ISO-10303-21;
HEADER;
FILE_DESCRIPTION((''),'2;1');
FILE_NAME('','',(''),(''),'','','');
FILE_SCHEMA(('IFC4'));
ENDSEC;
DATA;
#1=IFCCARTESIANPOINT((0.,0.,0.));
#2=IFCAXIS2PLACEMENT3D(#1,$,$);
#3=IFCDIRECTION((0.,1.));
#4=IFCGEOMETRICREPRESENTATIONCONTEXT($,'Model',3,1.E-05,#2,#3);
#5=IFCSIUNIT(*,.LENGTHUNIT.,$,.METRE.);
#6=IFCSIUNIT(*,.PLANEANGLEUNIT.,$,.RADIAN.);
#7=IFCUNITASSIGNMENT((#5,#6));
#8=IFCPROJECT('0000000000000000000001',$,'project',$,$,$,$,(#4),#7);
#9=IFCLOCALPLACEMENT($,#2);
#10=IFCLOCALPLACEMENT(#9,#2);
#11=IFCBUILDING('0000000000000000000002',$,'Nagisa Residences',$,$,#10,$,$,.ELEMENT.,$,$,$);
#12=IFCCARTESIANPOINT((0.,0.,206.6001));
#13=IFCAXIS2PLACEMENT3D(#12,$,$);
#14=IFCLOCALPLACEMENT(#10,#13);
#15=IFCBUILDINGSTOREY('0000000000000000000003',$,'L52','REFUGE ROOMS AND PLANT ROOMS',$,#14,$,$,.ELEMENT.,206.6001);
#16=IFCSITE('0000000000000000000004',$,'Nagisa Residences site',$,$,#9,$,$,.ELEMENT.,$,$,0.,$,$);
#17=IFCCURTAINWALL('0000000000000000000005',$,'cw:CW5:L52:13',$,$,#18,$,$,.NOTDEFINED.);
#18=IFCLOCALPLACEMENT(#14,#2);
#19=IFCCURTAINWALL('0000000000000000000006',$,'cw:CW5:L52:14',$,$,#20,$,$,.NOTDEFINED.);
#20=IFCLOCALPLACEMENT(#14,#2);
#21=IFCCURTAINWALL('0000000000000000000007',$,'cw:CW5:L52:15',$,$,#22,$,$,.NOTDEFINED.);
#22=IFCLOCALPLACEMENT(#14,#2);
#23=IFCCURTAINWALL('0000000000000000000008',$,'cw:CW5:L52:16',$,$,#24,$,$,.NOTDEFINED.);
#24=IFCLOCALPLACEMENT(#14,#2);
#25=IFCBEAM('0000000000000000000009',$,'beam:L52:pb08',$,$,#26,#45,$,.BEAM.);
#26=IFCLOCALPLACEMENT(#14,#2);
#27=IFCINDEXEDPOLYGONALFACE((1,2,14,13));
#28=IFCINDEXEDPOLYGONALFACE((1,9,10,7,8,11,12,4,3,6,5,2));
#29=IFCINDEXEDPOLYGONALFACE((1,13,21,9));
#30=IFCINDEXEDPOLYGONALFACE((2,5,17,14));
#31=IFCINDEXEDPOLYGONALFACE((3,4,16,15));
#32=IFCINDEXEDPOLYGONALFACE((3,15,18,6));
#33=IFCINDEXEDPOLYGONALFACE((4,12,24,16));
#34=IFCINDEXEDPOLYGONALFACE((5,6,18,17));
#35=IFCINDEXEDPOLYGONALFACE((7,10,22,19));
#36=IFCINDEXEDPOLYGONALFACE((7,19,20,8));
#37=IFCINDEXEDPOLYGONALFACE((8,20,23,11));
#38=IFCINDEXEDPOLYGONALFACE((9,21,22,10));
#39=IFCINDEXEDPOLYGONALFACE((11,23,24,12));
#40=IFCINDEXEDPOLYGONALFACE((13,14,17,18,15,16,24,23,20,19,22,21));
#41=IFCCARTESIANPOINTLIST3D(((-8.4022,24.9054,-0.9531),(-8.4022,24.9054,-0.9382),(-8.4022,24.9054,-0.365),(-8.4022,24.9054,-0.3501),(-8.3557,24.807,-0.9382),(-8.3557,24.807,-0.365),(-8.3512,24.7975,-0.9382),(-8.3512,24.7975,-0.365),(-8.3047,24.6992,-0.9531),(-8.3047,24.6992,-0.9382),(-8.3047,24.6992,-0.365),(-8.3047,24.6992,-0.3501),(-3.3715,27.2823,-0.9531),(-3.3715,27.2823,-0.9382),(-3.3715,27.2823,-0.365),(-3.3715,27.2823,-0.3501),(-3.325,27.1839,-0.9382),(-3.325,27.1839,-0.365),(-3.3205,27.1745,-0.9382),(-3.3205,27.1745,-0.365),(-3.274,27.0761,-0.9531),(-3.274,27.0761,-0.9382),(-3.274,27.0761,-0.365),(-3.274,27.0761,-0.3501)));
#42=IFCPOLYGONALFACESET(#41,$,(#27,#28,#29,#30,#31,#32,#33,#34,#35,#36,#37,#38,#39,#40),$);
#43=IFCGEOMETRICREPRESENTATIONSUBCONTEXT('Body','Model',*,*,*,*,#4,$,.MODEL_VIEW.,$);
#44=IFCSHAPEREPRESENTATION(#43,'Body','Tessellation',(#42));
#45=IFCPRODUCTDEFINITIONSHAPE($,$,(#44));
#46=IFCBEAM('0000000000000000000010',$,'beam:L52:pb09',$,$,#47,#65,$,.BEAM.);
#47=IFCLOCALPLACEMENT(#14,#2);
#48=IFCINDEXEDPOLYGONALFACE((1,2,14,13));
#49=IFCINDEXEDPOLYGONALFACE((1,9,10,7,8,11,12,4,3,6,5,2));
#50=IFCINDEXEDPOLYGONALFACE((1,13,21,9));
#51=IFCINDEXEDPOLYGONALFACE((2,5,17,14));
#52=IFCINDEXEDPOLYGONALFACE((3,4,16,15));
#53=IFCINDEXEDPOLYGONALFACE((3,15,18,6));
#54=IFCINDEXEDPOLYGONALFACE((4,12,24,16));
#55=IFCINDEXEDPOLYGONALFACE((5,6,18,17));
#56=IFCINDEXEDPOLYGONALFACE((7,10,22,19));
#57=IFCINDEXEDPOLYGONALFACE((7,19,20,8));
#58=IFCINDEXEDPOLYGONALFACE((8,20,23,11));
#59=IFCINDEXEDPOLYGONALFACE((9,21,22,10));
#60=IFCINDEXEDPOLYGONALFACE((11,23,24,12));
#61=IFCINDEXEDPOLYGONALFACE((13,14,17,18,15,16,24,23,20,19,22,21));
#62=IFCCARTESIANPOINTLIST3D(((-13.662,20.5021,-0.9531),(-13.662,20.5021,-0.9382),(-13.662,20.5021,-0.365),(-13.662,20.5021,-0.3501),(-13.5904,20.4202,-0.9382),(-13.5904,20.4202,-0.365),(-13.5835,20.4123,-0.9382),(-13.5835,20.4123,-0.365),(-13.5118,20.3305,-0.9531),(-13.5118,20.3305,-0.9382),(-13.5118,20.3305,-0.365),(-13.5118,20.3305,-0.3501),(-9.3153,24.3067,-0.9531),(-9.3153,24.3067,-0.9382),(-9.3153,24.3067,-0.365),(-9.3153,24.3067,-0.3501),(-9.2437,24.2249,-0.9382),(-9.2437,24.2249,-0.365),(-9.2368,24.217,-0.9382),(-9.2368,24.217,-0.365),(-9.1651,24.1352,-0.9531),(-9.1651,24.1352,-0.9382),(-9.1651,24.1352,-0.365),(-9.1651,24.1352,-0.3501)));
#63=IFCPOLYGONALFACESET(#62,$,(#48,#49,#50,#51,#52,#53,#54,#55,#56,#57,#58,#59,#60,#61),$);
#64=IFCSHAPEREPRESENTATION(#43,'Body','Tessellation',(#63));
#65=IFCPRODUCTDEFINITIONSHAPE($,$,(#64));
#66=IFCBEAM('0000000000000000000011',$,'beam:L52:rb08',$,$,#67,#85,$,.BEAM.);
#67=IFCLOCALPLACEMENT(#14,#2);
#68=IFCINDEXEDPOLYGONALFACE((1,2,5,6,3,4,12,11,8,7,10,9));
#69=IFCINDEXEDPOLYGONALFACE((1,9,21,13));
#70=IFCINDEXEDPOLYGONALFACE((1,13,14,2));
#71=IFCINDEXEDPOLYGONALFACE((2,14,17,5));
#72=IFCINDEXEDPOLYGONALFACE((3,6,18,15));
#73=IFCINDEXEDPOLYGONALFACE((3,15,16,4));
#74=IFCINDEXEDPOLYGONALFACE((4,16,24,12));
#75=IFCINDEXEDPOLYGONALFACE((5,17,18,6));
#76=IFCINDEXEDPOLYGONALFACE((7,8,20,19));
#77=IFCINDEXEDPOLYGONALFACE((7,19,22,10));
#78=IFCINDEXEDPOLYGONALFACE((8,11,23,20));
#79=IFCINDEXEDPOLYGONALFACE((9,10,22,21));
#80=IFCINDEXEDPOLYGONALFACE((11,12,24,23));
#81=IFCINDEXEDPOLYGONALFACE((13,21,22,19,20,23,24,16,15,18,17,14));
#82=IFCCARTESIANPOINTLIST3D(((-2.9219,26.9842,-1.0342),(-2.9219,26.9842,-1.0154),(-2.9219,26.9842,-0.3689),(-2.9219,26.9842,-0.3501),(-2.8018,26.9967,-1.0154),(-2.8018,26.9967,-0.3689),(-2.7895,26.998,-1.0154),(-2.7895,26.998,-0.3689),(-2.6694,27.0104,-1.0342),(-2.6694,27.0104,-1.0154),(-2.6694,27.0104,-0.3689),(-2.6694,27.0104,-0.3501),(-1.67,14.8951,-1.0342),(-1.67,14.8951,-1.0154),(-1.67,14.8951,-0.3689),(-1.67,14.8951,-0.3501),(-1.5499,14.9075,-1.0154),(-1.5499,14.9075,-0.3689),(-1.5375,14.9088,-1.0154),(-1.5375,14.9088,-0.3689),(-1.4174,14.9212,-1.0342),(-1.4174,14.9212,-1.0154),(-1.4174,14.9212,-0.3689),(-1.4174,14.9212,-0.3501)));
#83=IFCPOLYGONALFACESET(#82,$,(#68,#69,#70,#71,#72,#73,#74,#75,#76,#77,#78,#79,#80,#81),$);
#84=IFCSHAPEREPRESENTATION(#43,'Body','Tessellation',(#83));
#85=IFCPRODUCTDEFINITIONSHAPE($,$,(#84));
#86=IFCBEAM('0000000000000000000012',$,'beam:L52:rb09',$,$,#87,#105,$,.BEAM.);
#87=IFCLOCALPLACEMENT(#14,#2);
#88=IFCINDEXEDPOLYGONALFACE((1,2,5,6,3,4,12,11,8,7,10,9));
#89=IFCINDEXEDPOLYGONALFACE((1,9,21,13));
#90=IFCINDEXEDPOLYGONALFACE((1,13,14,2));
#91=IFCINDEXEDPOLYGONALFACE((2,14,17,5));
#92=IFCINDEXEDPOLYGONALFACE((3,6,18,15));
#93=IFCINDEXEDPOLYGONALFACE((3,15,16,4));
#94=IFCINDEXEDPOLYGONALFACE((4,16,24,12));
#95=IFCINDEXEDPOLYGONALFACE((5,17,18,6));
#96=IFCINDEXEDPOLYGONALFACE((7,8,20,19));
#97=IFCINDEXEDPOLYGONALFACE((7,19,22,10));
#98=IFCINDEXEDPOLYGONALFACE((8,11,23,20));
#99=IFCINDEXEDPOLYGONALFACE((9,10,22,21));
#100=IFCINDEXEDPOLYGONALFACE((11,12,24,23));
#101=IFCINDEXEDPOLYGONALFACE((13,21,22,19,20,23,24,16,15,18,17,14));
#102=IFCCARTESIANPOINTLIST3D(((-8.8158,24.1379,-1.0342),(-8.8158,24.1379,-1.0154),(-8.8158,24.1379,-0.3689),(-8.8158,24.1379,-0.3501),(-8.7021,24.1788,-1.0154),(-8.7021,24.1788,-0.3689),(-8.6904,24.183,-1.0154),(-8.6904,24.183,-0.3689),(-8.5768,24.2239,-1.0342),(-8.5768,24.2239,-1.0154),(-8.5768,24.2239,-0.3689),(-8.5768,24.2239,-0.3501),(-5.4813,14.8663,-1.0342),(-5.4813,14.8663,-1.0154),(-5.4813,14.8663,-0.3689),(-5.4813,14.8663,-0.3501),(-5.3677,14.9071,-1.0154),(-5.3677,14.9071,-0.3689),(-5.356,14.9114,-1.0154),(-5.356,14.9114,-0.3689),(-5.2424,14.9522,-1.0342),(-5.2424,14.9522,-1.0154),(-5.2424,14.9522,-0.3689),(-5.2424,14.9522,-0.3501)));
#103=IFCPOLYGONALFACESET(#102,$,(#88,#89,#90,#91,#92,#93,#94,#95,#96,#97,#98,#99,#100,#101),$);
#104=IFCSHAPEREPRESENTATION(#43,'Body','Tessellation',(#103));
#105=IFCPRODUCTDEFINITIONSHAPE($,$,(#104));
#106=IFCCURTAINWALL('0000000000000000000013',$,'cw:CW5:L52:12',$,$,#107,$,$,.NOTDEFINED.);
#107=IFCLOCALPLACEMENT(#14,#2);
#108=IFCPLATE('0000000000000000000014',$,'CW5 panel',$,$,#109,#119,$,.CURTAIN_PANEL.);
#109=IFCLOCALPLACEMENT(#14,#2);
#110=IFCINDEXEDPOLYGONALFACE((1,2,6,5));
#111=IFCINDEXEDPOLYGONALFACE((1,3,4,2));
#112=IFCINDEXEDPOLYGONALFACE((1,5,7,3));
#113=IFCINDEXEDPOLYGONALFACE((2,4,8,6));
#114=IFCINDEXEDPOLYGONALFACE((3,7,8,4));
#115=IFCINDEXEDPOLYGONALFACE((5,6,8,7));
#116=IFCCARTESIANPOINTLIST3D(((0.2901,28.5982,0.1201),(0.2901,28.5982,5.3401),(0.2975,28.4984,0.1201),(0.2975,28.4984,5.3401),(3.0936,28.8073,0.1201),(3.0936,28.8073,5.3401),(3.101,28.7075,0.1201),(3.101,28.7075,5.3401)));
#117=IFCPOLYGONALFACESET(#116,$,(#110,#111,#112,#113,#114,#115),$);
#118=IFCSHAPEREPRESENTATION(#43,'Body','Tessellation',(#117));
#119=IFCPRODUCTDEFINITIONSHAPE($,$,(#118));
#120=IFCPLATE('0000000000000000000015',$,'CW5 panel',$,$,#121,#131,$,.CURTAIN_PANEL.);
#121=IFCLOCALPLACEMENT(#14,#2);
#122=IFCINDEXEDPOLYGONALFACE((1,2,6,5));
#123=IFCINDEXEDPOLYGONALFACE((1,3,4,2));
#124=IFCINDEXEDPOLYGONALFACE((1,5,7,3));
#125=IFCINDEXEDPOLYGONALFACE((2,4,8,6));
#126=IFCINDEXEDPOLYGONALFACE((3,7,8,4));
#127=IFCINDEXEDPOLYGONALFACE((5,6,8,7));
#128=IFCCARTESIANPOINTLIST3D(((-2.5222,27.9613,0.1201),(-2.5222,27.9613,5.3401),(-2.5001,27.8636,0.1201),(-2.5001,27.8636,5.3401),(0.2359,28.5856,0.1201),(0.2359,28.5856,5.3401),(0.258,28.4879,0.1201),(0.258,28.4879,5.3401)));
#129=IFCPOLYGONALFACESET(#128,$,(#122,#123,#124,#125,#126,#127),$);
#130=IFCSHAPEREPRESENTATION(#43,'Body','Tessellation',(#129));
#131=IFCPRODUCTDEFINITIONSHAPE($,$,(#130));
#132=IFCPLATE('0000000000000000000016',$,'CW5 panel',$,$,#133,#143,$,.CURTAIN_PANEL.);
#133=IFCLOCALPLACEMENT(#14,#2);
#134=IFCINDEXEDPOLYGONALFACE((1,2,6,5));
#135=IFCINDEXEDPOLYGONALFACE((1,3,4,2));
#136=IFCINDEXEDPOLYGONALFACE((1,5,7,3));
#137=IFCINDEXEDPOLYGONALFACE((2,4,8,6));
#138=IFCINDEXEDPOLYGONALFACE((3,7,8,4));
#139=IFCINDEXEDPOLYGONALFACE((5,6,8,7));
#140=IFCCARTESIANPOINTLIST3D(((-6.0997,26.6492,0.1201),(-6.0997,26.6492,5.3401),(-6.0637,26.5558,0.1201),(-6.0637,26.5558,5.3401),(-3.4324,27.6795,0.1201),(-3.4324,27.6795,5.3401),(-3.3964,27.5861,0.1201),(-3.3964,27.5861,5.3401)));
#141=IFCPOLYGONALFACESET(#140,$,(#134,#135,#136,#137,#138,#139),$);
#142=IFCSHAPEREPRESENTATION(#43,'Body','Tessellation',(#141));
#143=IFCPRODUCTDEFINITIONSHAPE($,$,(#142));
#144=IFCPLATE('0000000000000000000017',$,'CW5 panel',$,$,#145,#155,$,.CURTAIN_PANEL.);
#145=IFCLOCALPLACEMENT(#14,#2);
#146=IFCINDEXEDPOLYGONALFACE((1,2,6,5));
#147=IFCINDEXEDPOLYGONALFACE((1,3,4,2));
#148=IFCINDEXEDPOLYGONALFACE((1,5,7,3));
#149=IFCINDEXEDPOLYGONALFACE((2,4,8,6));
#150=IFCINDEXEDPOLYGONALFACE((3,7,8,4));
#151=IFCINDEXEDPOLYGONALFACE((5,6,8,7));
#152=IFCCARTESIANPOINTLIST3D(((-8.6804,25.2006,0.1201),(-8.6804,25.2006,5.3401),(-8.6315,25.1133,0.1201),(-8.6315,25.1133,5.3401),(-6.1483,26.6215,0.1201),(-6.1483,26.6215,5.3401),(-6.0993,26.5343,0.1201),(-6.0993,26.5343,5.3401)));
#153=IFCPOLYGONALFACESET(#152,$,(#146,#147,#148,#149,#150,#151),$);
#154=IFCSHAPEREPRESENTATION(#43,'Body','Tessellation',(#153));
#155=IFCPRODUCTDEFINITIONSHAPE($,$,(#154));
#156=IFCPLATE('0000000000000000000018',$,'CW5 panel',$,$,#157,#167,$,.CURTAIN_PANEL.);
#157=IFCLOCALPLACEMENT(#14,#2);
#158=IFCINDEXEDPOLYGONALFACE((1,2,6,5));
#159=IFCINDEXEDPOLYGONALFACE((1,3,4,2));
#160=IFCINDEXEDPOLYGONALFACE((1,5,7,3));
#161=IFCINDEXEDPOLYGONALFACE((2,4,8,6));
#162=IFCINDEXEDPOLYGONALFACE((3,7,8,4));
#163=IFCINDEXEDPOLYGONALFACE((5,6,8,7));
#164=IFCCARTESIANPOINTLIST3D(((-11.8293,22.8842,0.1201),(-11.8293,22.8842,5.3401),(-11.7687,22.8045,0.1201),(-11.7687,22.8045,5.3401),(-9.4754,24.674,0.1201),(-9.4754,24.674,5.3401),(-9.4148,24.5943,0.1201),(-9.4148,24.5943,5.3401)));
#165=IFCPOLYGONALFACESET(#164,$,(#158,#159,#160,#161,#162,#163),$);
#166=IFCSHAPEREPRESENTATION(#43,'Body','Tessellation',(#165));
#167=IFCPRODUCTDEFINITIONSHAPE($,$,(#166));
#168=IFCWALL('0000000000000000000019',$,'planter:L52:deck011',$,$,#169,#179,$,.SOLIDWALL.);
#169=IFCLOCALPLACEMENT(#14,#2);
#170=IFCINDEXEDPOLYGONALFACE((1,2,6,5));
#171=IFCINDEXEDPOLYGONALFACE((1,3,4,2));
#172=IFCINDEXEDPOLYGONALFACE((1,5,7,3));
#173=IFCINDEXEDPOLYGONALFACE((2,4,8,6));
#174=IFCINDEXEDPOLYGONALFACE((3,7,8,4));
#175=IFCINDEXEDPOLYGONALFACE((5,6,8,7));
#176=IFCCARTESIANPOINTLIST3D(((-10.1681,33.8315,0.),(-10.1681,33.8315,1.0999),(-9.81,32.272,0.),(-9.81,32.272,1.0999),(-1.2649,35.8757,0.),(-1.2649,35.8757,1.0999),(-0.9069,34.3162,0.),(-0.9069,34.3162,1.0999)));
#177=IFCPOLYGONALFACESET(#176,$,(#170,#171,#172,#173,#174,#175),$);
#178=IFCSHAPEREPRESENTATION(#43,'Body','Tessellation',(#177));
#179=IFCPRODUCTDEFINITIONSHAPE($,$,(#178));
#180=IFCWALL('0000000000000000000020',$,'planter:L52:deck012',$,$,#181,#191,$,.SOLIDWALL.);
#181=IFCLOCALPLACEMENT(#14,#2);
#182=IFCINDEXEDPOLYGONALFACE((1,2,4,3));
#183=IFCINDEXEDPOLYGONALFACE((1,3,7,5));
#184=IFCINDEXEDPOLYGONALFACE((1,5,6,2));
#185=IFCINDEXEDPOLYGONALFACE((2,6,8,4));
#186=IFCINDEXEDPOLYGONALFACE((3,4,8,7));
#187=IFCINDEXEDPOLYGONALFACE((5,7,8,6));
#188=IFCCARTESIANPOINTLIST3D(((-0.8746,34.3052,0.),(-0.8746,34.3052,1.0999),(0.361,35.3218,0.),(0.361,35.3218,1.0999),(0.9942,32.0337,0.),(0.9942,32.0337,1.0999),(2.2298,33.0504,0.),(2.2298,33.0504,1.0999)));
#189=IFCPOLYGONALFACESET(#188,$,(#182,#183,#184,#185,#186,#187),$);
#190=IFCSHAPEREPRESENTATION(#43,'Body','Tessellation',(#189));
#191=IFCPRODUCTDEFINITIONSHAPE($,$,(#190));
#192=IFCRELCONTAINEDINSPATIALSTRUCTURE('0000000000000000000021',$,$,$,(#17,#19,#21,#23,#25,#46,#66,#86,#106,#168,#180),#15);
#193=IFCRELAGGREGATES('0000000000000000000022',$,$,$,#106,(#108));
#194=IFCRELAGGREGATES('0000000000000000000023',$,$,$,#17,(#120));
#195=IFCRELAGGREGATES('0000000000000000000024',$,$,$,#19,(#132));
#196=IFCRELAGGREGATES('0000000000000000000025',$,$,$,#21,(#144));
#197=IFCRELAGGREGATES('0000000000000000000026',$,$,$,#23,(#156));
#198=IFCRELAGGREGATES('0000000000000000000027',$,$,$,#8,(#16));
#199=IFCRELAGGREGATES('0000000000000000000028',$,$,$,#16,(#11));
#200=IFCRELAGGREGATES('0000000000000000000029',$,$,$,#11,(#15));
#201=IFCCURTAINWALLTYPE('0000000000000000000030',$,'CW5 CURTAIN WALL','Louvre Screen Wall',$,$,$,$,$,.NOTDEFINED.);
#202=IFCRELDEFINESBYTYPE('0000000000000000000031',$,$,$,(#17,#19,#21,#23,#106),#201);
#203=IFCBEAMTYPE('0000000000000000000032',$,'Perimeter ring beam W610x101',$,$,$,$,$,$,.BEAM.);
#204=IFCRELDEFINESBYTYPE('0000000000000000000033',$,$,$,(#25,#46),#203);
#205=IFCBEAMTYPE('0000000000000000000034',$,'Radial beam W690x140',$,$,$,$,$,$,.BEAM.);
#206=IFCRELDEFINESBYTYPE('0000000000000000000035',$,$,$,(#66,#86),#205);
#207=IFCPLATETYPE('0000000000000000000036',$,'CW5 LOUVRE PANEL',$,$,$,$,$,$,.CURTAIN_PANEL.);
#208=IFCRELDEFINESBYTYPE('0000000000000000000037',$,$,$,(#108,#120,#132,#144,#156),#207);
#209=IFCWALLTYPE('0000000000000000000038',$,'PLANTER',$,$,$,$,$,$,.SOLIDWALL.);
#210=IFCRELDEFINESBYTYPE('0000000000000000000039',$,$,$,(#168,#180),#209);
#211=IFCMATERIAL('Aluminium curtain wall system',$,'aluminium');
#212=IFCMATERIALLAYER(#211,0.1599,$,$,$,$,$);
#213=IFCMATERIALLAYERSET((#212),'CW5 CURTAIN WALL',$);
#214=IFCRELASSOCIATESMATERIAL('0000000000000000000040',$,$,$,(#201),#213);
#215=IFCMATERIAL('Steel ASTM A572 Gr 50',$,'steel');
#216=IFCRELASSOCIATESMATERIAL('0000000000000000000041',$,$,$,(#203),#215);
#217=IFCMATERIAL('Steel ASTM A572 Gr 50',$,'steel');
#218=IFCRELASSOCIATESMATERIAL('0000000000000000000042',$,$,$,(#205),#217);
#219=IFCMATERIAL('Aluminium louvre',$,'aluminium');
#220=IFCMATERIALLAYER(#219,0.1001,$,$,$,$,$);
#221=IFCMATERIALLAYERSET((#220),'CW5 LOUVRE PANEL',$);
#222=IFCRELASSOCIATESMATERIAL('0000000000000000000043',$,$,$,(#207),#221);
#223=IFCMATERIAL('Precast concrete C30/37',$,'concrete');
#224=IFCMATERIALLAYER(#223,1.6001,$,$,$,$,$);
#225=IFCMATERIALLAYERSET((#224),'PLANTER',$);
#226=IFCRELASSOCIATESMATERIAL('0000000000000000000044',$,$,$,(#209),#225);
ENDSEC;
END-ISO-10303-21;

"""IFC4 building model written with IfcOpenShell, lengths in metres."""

from ifc_helpers import new_model, si_unit, direction, frame, frame_2d, origin, origin_2d, place, context, subcontext, project, spatial, rectangle, i_section, extrude, material, layer, layer_set, material_profile, profile_set, type_object, element, aggregate, save


model = new_model("IFC4")

# Units and contexts
model_context = context("Model", 3, precision=1e-05, world=origin(), true_north=direction((0.0, 1.0)))
body_context = subcontext(model_context, "Body", "Model", "MODEL_VIEW")
ifc_project = project(units=[si_unit("LENGTHUNIT", "METRE"), si_unit("PLANEANGLEUNIT", "RADIAN")], contexts=[model_context])

# Site, building, storey
site_placement = place(None, origin())
site = spatial("IfcSite", under=ifc_project, at=site_placement, Name="Nagisa Residences site", CompositionType="ELEMENT", RefElevation=0.0)
building_placement = place(site_placement, origin())
building = spatial("IfcBuilding", under=site, at=building_placement, Name="Nagisa Residences", CompositionType="ELEMENT")
storey_placement = place(building_placement, frame((0.0, 0.0, 206.6001)))
storey = spatial("IfcBuildingStorey", under=building, at=storey_placement, Name="L52", Description="REFUGE ROOMS AND PLANT ROOMS", CompositionType="ELEMENT", Elevation=206.6001)

# Curtain walls
ifc_material_1 = material(Name="Aluminium curtain wall system", Category="aluminium")
ifc_layer_1 = layer(ifc_material_1, 0.1599)
ifc_layer_set_1 = layer_set([ifc_layer_1], Name="CW5 CURTAIN WALL")
curtain_wall_type = type_object("IfcCurtainWallType", Name="CW5 CURTAIN WALL", Description="Louvre Screen Wall", PredefinedType="NOTDEFINED", material=ifc_layer_set_1)
curtain_wall_1_placement = place(storey_placement, origin())
curtain_wall_1 = element("IfcCurtainWall", 1, at=curtain_wall_1_placement, inside=storey, type_object=curtain_wall_type, Name="cw:CW5:L52:13", PredefinedType="NOTDEFINED")
curtain_wall_2_placement = place(storey_placement, origin())
curtain_wall_2 = element("IfcCurtainWall", 2, at=curtain_wall_2_placement, inside=storey, type_object=curtain_wall_type, Name="cw:CW5:L52:14", PredefinedType="NOTDEFINED")
curtain_wall_3_placement = place(storey_placement, origin())
curtain_wall_3 = element("IfcCurtainWall", 3, at=curtain_wall_3_placement, inside=storey, type_object=curtain_wall_type, Name="cw:CW5:L52:15", PredefinedType="NOTDEFINED")
curtain_wall_4_placement = place(storey_placement, origin())
curtain_wall_4 = element("IfcCurtainWall", 4, at=curtain_wall_4_placement, inside=storey, type_object=curtain_wall_type, Name="cw:CW5:L52:16", PredefinedType="NOTDEFINED")

# Beams
ifc_material_2 = material(Name="Steel ASTM A572 Gr 50", Category="steel")
ifc_material_profile_1 = material_profile(ifc_material_2, i_section(OverallWidth=0.228, OverallDepth=0.603, WebThickness=0.0105, FlangeThickness=0.0149, at=origin_2d()), Name="W610x101")
ifc_profile_set_1 = profile_set([ifc_material_profile_1], Name="Steel ASTM A572 Gr 50")
beam_type_1 = type_object("IfcBeamType", Name="Perimeter ring beam W610x101", PredefinedType="BEAM", material=ifc_profile_set_1)
beam_1_placement = place(storey_placement, frame((-3.3228, 27.1792, -0.6516), z_axis=(-0.904157, -0.4272, 0.0), x_axis=(0.4272, -0.904157, 0.0)))
element("IfcBeam", 5, at=beam_1_placement, inside=storey, type_object=beam_type_1, Name="beam:L52:pb08", PredefinedType="BEAM", context=body_context, shape_type="SweptSolid", body=[
    extrude(i_section(OverallWidth=0.228, OverallDepth=0.603, WebThickness=0.0105, FlangeThickness=0.0149, at=origin_2d()), origin(), (0.0, 0.0, 1.0), 5.564),
])
beam_2_placement = place(storey_placement, frame((-9.2402, 24.2209, -0.6516), z_axis=(-0.752461, -0.658636, 0.0), x_axis=(0.658636, -0.752461, 0.0)))
element("IfcBeam", 6, at=beam_2_placement, inside=storey, type_object=beam_type_1, Name="beam:L52:pb09", PredefinedType="BEAM", context=body_context, shape_type="SweptSolid", body=[
    extrude(i_section(OverallWidth=0.228, OverallDepth=0.603, WebThickness=0.0105, FlangeThickness=0.0149, at=origin_2d()), origin(), (0.0, 0.0, 1.0), 5.7766),
])
ifc_material_3 = material(Name="Steel ASTM A572 Gr 50", Category="steel")
ifc_material_profile_2 = material_profile(ifc_material_3, i_section(OverallWidth=0.2539, OverallDepth=0.6841, WebThickness=0.0125, FlangeThickness=0.0188, at=origin_2d()), Name="W690x140")
ifc_profile_set_2 = profile_set([ifc_material_profile_2], Name="Steel ASTM A572 Gr 50")
beam_type_2 = type_object("IfcBeamType", Name="Radial beam W690x140", PredefinedType="BEAM", material=ifc_profile_set_2)
beam_3_placement = place(storey_placement, frame((-2.7957, 26.9973, -0.6921), z_axis=(0.103009, -0.99468, 0.0), x_axis=(0.99468, 0.103009, 0.0)))
element("IfcBeam", 7, at=beam_3_placement, inside=storey, type_object=beam_type_2, Name="beam:L52:rb08", PredefinedType="BEAM", context=body_context, shape_type="SweptSolid", body=[
    extrude(i_section(OverallWidth=0.2539, OverallDepth=0.6841, WebThickness=0.0125, FlangeThickness=0.0188, at=origin_2d()), origin(), (0.0, 0.0, 1.0), 12.1538),
])
beam_4_placement = place(storey_placement, frame((-8.6963, 24.1809, -0.6921), z_axis=(0.338418, -0.940996, 0.0), x_axis=(0.940996, 0.338418, 0.0)))
element("IfcBeam", 8, at=beam_4_placement, inside=storey, type_object=beam_type_2, Name="beam:L52:rb09", PredefinedType="BEAM", context=body_context, shape_type="SweptSolid", body=[
    extrude(i_section(OverallWidth=0.2539, OverallDepth=0.6841, WebThickness=0.0125, FlangeThickness=0.0188, at=origin_2d()), origin(), (0.0, 0.0, 1.0), 9.853),
])

# Curtain wall, plate
curtain_wall_5_placement = place(storey_placement, origin())
curtain_wall_5 = element("IfcCurtainWall", 9, at=curtain_wall_5_placement, inside=storey, type_object=curtain_wall_type, Name="cw:CW5:L52:12", PredefinedType="NOTDEFINED")
ifc_material_4 = material(Name="Aluminium louvre", Category="aluminium")
ifc_layer_2 = layer(ifc_material_4, 0.1001)
ifc_layer_set_2 = layer_set([ifc_layer_2], Name="CW5 LOUVRE PANEL")
plate_type = type_object("IfcPlateType", Name="CW5 LOUVRE PANEL", PredefinedType="CURTAIN_PANEL", material=ifc_layer_set_2)
plate_1_placement = place(storey_placement, frame((1.6956, 28.6528, 0.1201), z_axis=(0.0, 0.0, 1.0), x_axis=(-0.99723, -0.074377, 0.0)))
plate_1 = element("IfcPlate", 10, at=plate_1_placement, type_object=plate_type, Name="CW5 panel", PredefinedType="CURTAIN_PANEL", context=body_context, shape_type="SweptSolid", body=[
    extrude(rectangle(XDim=2.8113, YDim=0.1001, at=origin_2d()), origin(), (0.0, 0.0, 1.0), 5.22),
])
aggregate(curtain_wall_5, [plate_1])

# Plates
plate_2_placement = place(storey_placement, frame((-1.1321, 28.2246, 0.1201), z_axis=(0.0, 0.0, 1.0), x_axis=(-0.975327, -0.220764, 0.0)))
plate_2 = element("IfcPlate", 11, at=plate_2_placement, type_object=plate_type, Name="CW5 panel", PredefinedType="CURTAIN_PANEL", context=body_context, shape_type="SweptSolid", body=[
    extrude(rectangle(XDim=2.8279, YDim=0.1001, at=origin_2d()), origin(), (0.0, 0.0, 1.0), 5.22),
])
aggregate(curtain_wall_1, [plate_2])
plate_3_placement = place(storey_placement, frame((-4.748, 27.1177, 0.1201), z_axis=(0.0, 0.0, 1.0), x_axis=(-0.932826, -0.360328, 0.0)))
plate_3 = element("IfcPlate", 12, at=plate_3_placement, type_object=plate_type, Name="CW5 panel", PredefinedType="CURTAIN_PANEL", context=body_context, shape_type="SweptSolid", body=[
    extrude(rectangle(XDim=2.8594, YDim=0.1001, at=origin_2d()), origin(), (0.0, 0.0, 1.0), 5.22),
])
aggregate(curtain_wall_2, [plate_3])
plate_4_placement = place(storey_placement, frame((-7.3899, 25.8674, 0.1201), z_axis=(0.0, 0.0, 1.0), x_axis=(-0.872072, -0.489377, 0.0)))
plate_4 = element("IfcPlate", 13, at=plate_4_placement, type_object=plate_type, Name="CW5 panel", PredefinedType="CURTAIN_PANEL", context=body_context, shape_type="SweptSolid", body=[
    extrude(rectangle(XDim=2.9036, YDim=0.1001, at=origin_2d()), origin(), (0.0, 0.0, 1.0), 5.22),
])
aggregate(curtain_wall_3, [plate_4])
plate_5_placement = place(storey_placement, frame((-10.6221, 23.7393, 0.1201), z_axis=(0.0, 0.0, 1.0), x_axis=(-0.796031, -0.605255, 0.0)))
plate_5 = element("IfcPlate", 14, at=plate_5_placement, type_object=plate_type, Name="CW5 panel", PredefinedType="CURTAIN_PANEL", context=body_context, shape_type="SweptSolid", body=[
    extrude(rectangle(XDim=2.957, YDim=0.1001, at=origin_2d()), origin(), (0.0, 0.0, 1.0), 5.22),
])
aggregate(curtain_wall_4, [plate_5])

# Walls
ifc_material_5 = material(Name="Precast concrete C30/37", Category="concrete")
ifc_layer_3 = layer(ifc_material_5, 1.6001)
ifc_layer_set_3 = layer_set([ifc_layer_3], Name="PLANTER")
wall_type = type_object("IfcWallType", Name="PLANTER", PredefinedType="SOLIDWALL", material=ifc_layer_set_3)
wall_1_placement = place(storey_placement, frame((-9.989, 33.0518, 0.0), z_axis=(0.0, 0.0, 1.0), x_axis=(0.974639, 0.223782, 0.0)))
element("IfcWall", 15, at=wall_1_placement, inside=storey, type_object=wall_type, Name="planter:L52:deck011", PredefinedType="SOLIDWALL", context=body_context, shape_type="SweptSolid", body=[
    extrude(rectangle(XDim=9.1348, YDim=1.6001, at=frame_2d((4.5674, 0.0))), origin(), (0.0, 0.0, 1.0), 1.0999),
])
wall_2_placement = place(storey_placement, frame((-0.2568, 34.8135, 0.0), z_axis=(0.0, 0.0, 1.0), x_axis=(0.635355, -0.77222, 0.0)))
element("IfcWall", 16, at=wall_2_placement, inside=storey, type_object=wall_type, Name="planter:L52:deck012", PredefinedType="SOLIDWALL", context=body_context, shape_type="SweptSolid", body=[
    extrude(rectangle(XDim=2.9414, YDim=1.6001, at=frame_2d((1.4707, 0.0))), origin(), (0.0, 0.0, 1.0), 1.0999),
])

save(model, "model.ifc")
